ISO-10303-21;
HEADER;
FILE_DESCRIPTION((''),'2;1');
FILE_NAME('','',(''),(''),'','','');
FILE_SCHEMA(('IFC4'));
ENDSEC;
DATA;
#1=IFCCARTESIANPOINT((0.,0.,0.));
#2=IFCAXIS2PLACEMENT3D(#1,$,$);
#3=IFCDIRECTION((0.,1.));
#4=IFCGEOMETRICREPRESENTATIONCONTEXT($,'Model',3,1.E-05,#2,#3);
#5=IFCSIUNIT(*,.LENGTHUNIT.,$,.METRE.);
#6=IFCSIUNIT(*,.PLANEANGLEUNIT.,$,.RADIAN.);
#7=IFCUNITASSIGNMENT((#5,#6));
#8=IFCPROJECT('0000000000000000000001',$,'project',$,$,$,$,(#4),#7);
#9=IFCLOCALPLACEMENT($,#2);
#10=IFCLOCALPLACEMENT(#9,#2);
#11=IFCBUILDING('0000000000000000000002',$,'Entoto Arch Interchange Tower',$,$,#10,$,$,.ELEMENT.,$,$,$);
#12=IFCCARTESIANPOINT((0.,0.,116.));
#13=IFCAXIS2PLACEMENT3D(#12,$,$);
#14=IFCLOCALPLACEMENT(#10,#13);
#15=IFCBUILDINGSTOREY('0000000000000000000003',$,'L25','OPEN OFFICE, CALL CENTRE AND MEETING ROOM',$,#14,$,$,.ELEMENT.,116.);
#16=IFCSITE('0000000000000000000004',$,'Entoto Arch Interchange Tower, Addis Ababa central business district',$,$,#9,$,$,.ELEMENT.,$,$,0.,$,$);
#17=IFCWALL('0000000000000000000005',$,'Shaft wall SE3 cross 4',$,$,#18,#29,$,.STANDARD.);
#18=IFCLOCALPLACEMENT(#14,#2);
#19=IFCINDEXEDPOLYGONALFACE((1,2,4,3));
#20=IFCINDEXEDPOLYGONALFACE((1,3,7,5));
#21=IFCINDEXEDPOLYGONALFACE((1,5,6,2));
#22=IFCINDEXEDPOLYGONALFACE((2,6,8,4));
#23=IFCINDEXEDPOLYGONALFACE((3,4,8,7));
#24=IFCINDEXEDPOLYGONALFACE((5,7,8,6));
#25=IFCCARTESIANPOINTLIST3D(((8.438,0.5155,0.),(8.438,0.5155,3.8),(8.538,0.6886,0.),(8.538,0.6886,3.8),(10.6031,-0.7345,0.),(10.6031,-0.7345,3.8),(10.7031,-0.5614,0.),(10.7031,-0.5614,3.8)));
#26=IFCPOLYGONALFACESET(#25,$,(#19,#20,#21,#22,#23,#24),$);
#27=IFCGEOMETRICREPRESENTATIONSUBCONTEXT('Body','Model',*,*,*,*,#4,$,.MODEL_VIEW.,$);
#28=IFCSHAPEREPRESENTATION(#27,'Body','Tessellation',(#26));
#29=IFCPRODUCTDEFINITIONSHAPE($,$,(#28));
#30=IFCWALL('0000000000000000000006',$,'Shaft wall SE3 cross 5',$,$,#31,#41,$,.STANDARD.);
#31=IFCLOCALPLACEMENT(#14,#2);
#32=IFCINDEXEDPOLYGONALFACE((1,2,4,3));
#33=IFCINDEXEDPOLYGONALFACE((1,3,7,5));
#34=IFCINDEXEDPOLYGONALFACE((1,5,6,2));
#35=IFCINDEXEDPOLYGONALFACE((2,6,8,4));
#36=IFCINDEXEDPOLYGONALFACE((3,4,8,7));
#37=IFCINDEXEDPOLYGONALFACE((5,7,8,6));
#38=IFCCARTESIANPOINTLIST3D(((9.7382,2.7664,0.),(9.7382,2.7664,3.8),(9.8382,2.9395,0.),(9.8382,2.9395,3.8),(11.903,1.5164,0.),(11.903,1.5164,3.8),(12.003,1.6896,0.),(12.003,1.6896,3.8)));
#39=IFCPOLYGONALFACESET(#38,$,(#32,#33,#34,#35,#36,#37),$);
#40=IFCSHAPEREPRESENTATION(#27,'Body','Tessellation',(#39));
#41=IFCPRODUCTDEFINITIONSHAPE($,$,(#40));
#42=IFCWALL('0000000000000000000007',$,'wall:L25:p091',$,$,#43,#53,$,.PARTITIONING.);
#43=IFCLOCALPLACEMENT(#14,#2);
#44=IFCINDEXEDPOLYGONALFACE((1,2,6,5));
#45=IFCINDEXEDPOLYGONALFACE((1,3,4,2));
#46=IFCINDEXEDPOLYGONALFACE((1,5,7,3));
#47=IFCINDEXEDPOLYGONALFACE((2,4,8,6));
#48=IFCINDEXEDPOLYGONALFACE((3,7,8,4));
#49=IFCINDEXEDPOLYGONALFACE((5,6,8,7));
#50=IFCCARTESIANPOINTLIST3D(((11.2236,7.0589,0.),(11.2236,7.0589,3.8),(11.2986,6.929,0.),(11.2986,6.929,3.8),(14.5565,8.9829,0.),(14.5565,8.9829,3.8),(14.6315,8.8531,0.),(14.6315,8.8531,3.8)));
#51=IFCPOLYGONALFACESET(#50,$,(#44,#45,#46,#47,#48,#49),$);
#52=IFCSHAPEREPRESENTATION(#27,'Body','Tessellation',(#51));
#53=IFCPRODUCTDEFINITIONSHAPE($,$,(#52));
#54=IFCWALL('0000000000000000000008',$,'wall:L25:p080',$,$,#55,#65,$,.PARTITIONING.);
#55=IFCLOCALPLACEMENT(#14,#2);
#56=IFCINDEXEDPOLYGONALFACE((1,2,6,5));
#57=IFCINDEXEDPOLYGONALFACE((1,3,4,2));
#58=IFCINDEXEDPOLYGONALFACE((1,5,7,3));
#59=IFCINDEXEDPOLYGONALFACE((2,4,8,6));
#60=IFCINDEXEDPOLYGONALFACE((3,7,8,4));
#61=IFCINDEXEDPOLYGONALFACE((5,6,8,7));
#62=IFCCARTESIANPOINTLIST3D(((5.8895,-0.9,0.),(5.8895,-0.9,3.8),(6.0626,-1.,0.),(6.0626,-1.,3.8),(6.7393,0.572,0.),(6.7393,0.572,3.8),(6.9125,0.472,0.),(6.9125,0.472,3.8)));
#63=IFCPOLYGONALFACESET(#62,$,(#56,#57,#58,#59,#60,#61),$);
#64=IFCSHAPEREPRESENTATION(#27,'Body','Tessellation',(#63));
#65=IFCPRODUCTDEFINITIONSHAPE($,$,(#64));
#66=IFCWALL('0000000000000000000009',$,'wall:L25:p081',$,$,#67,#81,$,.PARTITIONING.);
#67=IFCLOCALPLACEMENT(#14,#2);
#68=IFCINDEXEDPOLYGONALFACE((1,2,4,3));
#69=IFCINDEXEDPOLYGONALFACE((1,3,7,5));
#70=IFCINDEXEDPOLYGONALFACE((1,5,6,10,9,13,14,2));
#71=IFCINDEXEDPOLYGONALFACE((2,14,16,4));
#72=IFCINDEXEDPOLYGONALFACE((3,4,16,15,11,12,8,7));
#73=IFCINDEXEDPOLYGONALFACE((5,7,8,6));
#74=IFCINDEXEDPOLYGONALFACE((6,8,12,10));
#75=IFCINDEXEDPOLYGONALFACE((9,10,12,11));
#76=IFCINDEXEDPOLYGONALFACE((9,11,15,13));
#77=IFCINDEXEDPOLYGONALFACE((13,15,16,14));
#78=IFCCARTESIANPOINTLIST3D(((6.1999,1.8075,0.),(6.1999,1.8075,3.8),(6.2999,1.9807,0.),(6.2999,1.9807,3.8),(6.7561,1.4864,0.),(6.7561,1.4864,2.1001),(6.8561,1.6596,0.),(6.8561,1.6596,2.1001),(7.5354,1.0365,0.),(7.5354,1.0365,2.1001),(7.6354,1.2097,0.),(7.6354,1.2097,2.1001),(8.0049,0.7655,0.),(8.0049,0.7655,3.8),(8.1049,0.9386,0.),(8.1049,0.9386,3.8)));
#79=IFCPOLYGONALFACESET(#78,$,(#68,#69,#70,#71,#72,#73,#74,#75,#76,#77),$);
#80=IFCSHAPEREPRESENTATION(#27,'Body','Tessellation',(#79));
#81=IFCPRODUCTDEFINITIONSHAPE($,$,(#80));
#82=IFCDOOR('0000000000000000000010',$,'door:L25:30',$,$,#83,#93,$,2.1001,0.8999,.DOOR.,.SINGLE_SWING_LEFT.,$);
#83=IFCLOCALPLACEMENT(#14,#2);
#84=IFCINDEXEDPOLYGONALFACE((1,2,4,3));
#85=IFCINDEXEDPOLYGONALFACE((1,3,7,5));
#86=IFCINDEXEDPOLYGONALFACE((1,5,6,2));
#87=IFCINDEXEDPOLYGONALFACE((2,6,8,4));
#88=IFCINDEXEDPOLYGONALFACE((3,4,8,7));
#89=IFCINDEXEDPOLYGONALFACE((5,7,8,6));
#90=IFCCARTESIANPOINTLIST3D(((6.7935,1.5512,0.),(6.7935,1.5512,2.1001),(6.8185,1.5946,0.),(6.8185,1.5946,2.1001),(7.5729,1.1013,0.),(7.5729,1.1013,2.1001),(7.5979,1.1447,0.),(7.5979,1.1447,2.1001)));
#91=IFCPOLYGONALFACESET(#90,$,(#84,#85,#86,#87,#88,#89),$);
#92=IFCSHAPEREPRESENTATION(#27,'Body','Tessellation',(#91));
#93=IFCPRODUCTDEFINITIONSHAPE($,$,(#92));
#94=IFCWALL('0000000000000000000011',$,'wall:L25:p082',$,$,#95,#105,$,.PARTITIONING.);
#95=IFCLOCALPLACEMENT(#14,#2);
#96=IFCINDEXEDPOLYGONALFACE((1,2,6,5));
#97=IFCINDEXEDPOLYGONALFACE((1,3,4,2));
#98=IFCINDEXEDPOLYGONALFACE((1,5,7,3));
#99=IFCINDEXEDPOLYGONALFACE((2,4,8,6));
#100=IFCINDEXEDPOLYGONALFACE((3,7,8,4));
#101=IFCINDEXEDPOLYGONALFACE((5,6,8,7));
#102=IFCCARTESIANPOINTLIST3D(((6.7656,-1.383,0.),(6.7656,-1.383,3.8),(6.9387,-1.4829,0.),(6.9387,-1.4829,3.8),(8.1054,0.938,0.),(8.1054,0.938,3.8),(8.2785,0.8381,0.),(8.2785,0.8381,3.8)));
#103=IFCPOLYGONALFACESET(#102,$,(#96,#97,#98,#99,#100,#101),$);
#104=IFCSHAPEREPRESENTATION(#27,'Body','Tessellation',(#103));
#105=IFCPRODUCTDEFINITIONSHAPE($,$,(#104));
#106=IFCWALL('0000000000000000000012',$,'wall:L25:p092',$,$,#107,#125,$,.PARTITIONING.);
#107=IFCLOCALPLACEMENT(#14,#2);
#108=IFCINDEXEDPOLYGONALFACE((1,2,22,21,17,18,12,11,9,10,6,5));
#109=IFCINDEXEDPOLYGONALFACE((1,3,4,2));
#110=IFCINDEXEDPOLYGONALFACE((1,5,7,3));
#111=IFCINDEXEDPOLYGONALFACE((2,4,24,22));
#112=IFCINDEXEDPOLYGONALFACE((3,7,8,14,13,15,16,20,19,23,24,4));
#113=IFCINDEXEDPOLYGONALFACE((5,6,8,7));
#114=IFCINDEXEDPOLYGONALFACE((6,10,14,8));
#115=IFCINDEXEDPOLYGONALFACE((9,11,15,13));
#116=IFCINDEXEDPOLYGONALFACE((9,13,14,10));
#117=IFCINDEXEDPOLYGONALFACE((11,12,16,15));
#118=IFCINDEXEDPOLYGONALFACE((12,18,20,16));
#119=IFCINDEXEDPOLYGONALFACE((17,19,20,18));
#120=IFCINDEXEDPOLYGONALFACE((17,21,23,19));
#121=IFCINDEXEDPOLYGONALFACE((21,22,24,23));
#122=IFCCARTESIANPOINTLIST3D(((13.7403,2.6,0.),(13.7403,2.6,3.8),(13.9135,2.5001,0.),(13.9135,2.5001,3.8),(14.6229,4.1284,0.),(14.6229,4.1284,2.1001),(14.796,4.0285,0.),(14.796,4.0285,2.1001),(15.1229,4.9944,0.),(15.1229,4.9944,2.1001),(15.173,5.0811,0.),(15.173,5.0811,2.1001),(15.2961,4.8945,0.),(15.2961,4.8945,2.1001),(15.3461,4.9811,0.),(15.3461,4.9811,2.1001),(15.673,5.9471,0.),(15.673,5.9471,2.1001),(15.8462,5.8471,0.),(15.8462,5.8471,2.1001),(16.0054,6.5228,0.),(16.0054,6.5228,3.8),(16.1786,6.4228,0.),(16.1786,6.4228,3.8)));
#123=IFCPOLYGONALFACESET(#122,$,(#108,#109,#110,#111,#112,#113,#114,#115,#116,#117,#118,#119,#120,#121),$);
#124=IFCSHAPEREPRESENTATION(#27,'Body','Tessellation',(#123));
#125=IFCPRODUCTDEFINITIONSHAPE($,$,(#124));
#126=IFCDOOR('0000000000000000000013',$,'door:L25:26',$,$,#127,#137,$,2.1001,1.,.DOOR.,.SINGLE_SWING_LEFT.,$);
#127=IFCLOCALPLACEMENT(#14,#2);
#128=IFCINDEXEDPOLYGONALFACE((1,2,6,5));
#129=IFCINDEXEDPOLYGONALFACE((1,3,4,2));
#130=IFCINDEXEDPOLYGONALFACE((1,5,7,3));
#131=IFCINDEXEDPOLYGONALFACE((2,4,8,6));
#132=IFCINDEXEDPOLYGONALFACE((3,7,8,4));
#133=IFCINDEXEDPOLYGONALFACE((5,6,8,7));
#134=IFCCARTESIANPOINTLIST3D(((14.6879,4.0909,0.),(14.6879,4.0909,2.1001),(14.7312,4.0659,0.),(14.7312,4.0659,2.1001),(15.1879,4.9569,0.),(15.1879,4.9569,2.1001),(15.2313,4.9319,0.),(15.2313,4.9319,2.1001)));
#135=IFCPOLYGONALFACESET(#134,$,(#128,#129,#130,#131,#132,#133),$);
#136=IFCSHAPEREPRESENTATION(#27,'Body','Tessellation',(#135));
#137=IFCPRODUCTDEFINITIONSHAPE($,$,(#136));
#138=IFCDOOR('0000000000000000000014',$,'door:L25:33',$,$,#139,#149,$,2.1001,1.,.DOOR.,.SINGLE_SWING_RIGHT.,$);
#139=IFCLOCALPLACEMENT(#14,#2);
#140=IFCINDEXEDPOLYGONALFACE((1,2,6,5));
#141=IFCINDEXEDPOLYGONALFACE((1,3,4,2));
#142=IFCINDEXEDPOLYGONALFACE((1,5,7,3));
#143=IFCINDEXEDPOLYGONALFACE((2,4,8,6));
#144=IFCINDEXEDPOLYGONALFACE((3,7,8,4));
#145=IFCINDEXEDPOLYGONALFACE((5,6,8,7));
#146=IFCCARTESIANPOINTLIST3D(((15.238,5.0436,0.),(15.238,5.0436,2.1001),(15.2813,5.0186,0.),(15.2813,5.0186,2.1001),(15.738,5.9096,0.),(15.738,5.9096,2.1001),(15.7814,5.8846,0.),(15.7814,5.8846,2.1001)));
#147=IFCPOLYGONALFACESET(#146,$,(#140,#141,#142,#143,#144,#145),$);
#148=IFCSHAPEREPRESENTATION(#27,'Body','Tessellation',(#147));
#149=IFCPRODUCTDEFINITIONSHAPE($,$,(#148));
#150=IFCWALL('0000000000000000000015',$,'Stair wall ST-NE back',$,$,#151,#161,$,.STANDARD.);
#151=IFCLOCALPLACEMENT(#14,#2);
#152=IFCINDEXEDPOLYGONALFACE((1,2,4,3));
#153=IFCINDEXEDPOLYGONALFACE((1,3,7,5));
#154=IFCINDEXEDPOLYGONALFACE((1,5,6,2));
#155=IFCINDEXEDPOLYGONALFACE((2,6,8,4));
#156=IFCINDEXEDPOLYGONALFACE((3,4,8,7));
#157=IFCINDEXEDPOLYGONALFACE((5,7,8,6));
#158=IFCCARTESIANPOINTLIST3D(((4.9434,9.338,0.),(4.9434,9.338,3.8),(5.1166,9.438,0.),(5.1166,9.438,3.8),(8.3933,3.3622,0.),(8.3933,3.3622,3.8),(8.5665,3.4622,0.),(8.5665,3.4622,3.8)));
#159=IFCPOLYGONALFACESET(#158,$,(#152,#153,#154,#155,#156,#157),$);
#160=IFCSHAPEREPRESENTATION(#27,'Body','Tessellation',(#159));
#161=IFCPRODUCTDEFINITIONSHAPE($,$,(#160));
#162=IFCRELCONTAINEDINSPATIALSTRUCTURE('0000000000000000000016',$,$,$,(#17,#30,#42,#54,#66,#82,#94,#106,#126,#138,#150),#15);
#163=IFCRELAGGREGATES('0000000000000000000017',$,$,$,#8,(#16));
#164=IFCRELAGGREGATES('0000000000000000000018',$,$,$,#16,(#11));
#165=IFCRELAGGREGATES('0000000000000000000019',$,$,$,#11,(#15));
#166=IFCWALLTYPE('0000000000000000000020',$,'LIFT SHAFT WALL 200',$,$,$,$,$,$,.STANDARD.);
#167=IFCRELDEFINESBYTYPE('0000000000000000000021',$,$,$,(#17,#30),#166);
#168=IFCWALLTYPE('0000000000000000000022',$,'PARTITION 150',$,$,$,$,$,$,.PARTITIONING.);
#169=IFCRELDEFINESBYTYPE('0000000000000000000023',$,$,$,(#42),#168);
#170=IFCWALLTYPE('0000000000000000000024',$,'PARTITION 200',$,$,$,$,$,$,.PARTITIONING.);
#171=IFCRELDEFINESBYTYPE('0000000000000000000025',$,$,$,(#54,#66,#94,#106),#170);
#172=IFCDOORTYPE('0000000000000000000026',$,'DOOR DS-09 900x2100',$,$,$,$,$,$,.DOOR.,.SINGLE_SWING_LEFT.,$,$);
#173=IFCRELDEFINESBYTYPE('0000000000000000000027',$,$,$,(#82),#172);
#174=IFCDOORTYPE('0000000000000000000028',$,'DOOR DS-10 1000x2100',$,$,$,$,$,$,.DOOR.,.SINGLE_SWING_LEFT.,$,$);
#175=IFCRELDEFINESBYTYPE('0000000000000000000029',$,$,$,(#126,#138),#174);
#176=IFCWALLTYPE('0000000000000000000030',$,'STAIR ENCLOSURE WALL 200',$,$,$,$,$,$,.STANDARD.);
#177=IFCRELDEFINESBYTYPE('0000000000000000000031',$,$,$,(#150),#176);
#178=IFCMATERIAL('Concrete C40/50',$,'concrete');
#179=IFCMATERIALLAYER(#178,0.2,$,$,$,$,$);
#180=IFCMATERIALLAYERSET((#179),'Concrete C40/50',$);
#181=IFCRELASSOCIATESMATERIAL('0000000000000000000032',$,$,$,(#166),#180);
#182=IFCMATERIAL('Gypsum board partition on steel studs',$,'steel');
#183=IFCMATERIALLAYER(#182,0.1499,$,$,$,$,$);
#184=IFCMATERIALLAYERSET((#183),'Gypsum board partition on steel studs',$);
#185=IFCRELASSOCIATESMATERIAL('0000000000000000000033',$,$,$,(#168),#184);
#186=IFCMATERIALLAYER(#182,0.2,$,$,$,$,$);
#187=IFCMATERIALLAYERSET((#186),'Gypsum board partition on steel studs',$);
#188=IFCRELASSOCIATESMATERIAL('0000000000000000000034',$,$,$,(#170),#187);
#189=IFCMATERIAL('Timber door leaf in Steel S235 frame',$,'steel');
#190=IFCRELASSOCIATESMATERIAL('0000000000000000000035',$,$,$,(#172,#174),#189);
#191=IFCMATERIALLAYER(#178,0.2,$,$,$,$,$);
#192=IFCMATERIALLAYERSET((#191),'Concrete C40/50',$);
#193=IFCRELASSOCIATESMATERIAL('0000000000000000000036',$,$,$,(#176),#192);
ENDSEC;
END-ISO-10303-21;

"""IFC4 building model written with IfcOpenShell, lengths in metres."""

from ifc_helpers import new_model, si_unit, direction, frame, frame_2d, origin, place, context, subcontext, project, spatial, rectangle, extrude, material, layer, layer_set, type_object, element, fill, save


model = new_model("IFC4")

# Units and contexts
model_context = context("Model", 3, precision=1e-05, world=origin(), true_north=direction((0.0, 1.0)))
body_context = subcontext(model_context, "Body", "Model", "MODEL_VIEW")
ifc_project = project(units=[si_unit("LENGTHUNIT", "METRE"), si_unit("PLANEANGLEUNIT", "RADIAN")], contexts=[model_context])

# Site, building, storey
site_placement = place(None, origin())
site = spatial("IfcSite", under=ifc_project, at=site_placement, Name="Entoto Arch Interchange Tower, Addis Ababa central business district", CompositionType="ELEMENT", RefElevation=0.0)
building_placement = place(site_placement, origin())
building = spatial("IfcBuilding", under=site, at=building_placement, Name="Entoto Arch Interchange Tower", CompositionType="ELEMENT")
storey_placement = place(building_placement, frame((0.0, 0.0, 116.0)))
storey = spatial("IfcBuildingStorey", under=building, at=storey_placement, Name="L25", Description="OPEN OFFICE, CALL CENTRE AND MEETING ROOM", CompositionType="ELEMENT", Elevation=116.0)

# Walls
ifc_material_1 = material(Name="Concrete C40/50", Category="concrete")
ifc_layer_1 = layer(ifc_material_1, 0.2)
ifc_layer_set_1 = layer_set([ifc_layer_1], Name="Concrete C40/50")
wall_type_1 = type_object("IfcWallType", Name="LIFT SHAFT WALL 200", PredefinedType="STANDARD", material=ifc_layer_set_1)
wall_1_placement = place(storey_placement, frame((8.488, 0.6021, 0.0), z_axis=(0.0, 0.0, 1.0), x_axis=(0.866023, -0.500004, 0.0)))
element("IfcWall", 1, at=wall_1_placement, inside=storey, type_object=wall_type_1, Name="Shaft wall SE3 cross 4", PredefinedType="STANDARD", context=body_context, shape_type="SweptSolid", body=[
    extrude(rectangle(XDim=2.5, YDim=0.2, at=frame_2d((1.25, 0.0))), origin(), (0.0, 0.0, 1.0), 3.8),
])
wall_2_placement = place(storey_placement, frame((9.7881, 2.853, 0.0), z_axis=(0.0, 0.0, 1.0), x_axis=(0.865999, -0.500047, 0.0)))
element("IfcWall", 2, at=wall_2_placement, inside=storey, type_object=wall_type_1, Name="Shaft wall SE3 cross 5", PredefinedType="STANDARD", context=body_context, shape_type="SweptSolid", body=[
    extrude(rectangle(XDim=2.4998, YDim=0.2, at=frame_2d((1.25, 0.0))), origin(), (0.0, 0.0, 1.0), 3.8),
])
ifc_material_2 = material(Name="Gypsum board partition on steel studs", Category="steel")
ifc_layer_2 = layer(ifc_material_2, 0.1499)
ifc_layer_set_2 = layer_set([ifc_layer_2], Name="Gypsum board partition on steel studs")
wall_type_2 = type_object("IfcWallType", Name="PARTITION 150", PredefinedType="PARTITIONING", material=ifc_layer_set_2)
wall_3_placement = place(storey_placement, frame((11.261, 6.9939, 0.0), z_axis=(0.0, 0.0, 1.0), x_axis=(0.866052, 0.499953, 0.0)))
element("IfcWall", 3, at=wall_3_placement, inside=storey, type_object=wall_type_2, Name="wall:L25:p091", PredefinedType="PARTITIONING", context=body_context, shape_type="SweptSolid", body=[
    extrude(rectangle(XDim=3.8484, YDim=0.1499, at=frame_2d((1.9243, 0.0))), origin(), (0.0, 0.0, 1.0), 3.8),
])
ifc_layer_3 = layer(ifc_material_2, 0.2)
ifc_layer_set_3 = layer_set([ifc_layer_3], Name="Gypsum board partition on steel studs")
wall_type_3 = type_object("IfcWallType", Name="PARTITION 200", PredefinedType="PARTITIONING", material=ifc_layer_set_3)
wall_4_placement = place(storey_placement, frame((6.8259, 0.522, 0.0), z_axis=(0.0, 0.0, 1.0), x_axis=(-0.500017, -0.866016, 0.0)))
element("IfcWall", 4, at=wall_4_placement, inside=storey, type_object=wall_type_3, Name="wall:L25:p080", PredefinedType="PARTITIONING", context=body_context, shape_type="SweptSolid", body=[
    extrude(rectangle(XDim=1.6997, YDim=0.2, at=frame_2d((0.8499, 0.0))), origin(), (0.0, 0.0, 1.0), 3.8),
])

# Wall, opening, door
wall_5_placement = place(storey_placement, frame((6.25, 1.894, 0.0), z_axis=(0.0, 0.0, 1.0), x_axis=(0.866043, -0.499969, 0.0)))
wall_5 = element("IfcWall", 5, at=wall_5_placement, inside=storey, type_object=wall_type_3, Name="wall:L25:p081", PredefinedType="PARTITIONING", context=body_context, shape_type="SweptSolid", body=[
    extrude(rectangle(XDim=2.0842, YDim=0.2, at=frame_2d((1.042, 0.0))), origin(), (0.0, 0.0, 1.0), 3.8),
])
opening_1_placement = place(wall_5_placement, frame((0.6421, 0.0, 0.0)))
opening_1 = element("IfcOpeningElement", 6, at=opening_1_placement, cuts=wall_5, PredefinedType="OPENING", context=body_context, shape_type="SweptSolid", body=[
    extrude(rectangle(XDim=0.8999, YDim=2.1001, at=frame_2d((0.45, 1.05))), frame((0.0, 0.1099, 0.0), z_axis=(0.0, -1.0, 0.0), x_axis=(1.0, 0.0, 0.0)), (0.0, 0.0, 1.0), 0.22),
])
ifc_material_3 = material(Name="Timber door leaf in Steel S235 frame", Category="steel")
door_type_1 = type_object("IfcDoorType", Name="DOOR DS-09 900x2100", OperationType="SINGLE_SWING_LEFT", PredefinedType="DOOR", material=ifc_material_3)
door_1_placement = place(opening_1_placement, origin())
door_1 = element("IfcDoor", 7, at=door_1_placement, inside=storey, type_object=door_type_1, Name="door:L25:30", OperationType="SINGLE_SWING_LEFT", OverallHeight=2.1001, OverallWidth=0.8999, PredefinedType="DOOR", context=body_context, shape_type="SweptSolid", body=[
    extrude(rectangle(XDim=0.8999, YDim=2.1001, at=frame_2d((0.45, 1.05))), frame((0.0, 0.0249, 0.0), z_axis=(0.0, -1.0, 0.0), x_axis=(1.0, 0.0, 0.0)), (0.0, 0.0, 1.0), 0.05),
])
fill(opening_1, door_1)

# Wall
wall_6_placement = place(storey_placement, frame((8.1919, 0.8879, 0.0), z_axis=(0.0, 0.0, 1.0), x_axis=(-0.499941, -0.86606, 0.0)))
element("IfcWall", 8, at=wall_6_placement, inside=storey, type_object=wall_type_3, Name="wall:L25:p082", PredefinedType="PARTITIONING", context=body_context, shape_type="SweptSolid", body=[
    extrude(rectangle(XDim=2.6799, YDim=0.2, at=frame_2d((1.3398, 0.0))), origin(), (0.0, 0.0, 1.0), 3.8),
])

# Wall, openings, doors
wall_7_placement = place(storey_placement, frame((13.8269, 2.55, 0.0), z_axis=(0.0, 0.0, 1.0), x_axis=(0.500046, 0.865999, 0.0)))
wall_7 = element("IfcWall", 9, at=wall_7_placement, inside=storey, type_object=wall_type_3, Name="wall:L25:p092", PredefinedType="PARTITIONING", context=body_context, shape_type="SweptSolid", body=[
    extrude(rectangle(XDim=4.5298, YDim=0.2, at=frame_2d((2.2649, 0.0))), origin(), (0.0, 0.0, 1.0), 3.8),
])
opening_2_placement = place(wall_7_placement, frame((1.7649, 0.0, 0.0)))
opening_2 = element("IfcOpeningElement", 10, at=opening_2_placement, cuts=wall_7, PredefinedType="OPENING", context=body_context, shape_type="SweptSolid", body=[
    extrude(rectangle(XDim=1.0, YDim=2.1001, at=frame_2d((0.5, 1.05))), frame((0.0, 0.1099, 0.0), z_axis=(0.0, -1.0, 0.0), x_axis=(1.0, 0.0, 0.0)), (0.0, 0.0, 1.0), 0.22),
])
opening_3_placement = place(wall_7_placement, frame((2.865, 0.0, 0.0)))
opening_3 = element("IfcOpeningElement", 11, at=opening_3_placement, cuts=wall_7, PredefinedType="OPENING", context=body_context, shape_type="SweptSolid", body=[
    extrude(rectangle(XDim=1.0, YDim=2.1001, at=frame_2d((0.5, 1.05))), frame((0.0, 0.1099, 0.0), z_axis=(0.0, -1.0, 0.0), x_axis=(1.0, 0.0, 0.0)), (0.0, 0.0, 1.0), 0.22),
])
door_type_2 = type_object("IfcDoorType", Name="DOOR DS-10 1000x2100", OperationType="SINGLE_SWING_LEFT", PredefinedType="DOOR", material=ifc_material_3)
door_2_placement = place(opening_2_placement, origin())
door_2 = element("IfcDoor", 12, at=door_2_placement, inside=storey, type_object=door_type_2, Name="door:L25:26", OperationType="SINGLE_SWING_LEFT", OverallHeight=2.1001, OverallWidth=1.0, PredefinedType="DOOR", context=body_context, shape_type="SweptSolid", body=[
    extrude(rectangle(XDim=1.0, YDim=2.1001, at=frame_2d((0.5, 1.05))), frame((0.0, 0.0249, 0.0), z_axis=(0.0, -1.0, 0.0), x_axis=(1.0, 0.0, 0.0)), (0.0, 0.0, 1.0), 0.05),
])
fill(opening_2, door_2)
door_3_placement = place(opening_3_placement, origin())
door_3 = element("IfcDoor", 13, at=door_3_placement, inside=storey, type_object=door_type_2, Name="door:L25:33", OperationType="SINGLE_SWING_RIGHT", OverallHeight=2.1001, OverallWidth=1.0, PredefinedType="DOOR", context=body_context, shape_type="SweptSolid", body=[
    extrude(rectangle(XDim=1.0, YDim=2.1001, at=frame_2d((0.5, 1.05))), frame((0.0, 0.0249, 0.0), z_axis=(0.0, -1.0, 0.0), x_axis=(1.0, 0.0, 0.0)), (0.0, 0.0, 1.0), 0.05),
])
fill(opening_3, door_3)

# Wall
ifc_layer_4 = layer(ifc_material_1, 0.2)
ifc_layer_set_4 = layer_set([ifc_layer_4], Name="Concrete C40/50")
wall_type_4 = type_object("IfcWallType", Name="STAIR ENCLOSURE WALL 200", PredefinedType="STANDARD", material=ifc_layer_set_4)
wall_8_placement = place(storey_placement, frame((8.48, 3.4121, 0.0), z_axis=(0.0, 0.0, 1.0), x_axis=(-0.499979, 0.866038, 0.0)))
element("IfcWall", 14, at=wall_8_placement, inside=storey, type_object=wall_type_4, Name="Stair wall ST-NE back", PredefinedType="STANDARD", context=body_context, shape_type="SweptSolid", body=[
    extrude(rectangle(XDim=6.9001, YDim=0.2, at=frame_2d((3.4502, 0.0))), origin(), (0.0, 0.0, 1.0), 3.8),
])

save(model, "model.ifc")
